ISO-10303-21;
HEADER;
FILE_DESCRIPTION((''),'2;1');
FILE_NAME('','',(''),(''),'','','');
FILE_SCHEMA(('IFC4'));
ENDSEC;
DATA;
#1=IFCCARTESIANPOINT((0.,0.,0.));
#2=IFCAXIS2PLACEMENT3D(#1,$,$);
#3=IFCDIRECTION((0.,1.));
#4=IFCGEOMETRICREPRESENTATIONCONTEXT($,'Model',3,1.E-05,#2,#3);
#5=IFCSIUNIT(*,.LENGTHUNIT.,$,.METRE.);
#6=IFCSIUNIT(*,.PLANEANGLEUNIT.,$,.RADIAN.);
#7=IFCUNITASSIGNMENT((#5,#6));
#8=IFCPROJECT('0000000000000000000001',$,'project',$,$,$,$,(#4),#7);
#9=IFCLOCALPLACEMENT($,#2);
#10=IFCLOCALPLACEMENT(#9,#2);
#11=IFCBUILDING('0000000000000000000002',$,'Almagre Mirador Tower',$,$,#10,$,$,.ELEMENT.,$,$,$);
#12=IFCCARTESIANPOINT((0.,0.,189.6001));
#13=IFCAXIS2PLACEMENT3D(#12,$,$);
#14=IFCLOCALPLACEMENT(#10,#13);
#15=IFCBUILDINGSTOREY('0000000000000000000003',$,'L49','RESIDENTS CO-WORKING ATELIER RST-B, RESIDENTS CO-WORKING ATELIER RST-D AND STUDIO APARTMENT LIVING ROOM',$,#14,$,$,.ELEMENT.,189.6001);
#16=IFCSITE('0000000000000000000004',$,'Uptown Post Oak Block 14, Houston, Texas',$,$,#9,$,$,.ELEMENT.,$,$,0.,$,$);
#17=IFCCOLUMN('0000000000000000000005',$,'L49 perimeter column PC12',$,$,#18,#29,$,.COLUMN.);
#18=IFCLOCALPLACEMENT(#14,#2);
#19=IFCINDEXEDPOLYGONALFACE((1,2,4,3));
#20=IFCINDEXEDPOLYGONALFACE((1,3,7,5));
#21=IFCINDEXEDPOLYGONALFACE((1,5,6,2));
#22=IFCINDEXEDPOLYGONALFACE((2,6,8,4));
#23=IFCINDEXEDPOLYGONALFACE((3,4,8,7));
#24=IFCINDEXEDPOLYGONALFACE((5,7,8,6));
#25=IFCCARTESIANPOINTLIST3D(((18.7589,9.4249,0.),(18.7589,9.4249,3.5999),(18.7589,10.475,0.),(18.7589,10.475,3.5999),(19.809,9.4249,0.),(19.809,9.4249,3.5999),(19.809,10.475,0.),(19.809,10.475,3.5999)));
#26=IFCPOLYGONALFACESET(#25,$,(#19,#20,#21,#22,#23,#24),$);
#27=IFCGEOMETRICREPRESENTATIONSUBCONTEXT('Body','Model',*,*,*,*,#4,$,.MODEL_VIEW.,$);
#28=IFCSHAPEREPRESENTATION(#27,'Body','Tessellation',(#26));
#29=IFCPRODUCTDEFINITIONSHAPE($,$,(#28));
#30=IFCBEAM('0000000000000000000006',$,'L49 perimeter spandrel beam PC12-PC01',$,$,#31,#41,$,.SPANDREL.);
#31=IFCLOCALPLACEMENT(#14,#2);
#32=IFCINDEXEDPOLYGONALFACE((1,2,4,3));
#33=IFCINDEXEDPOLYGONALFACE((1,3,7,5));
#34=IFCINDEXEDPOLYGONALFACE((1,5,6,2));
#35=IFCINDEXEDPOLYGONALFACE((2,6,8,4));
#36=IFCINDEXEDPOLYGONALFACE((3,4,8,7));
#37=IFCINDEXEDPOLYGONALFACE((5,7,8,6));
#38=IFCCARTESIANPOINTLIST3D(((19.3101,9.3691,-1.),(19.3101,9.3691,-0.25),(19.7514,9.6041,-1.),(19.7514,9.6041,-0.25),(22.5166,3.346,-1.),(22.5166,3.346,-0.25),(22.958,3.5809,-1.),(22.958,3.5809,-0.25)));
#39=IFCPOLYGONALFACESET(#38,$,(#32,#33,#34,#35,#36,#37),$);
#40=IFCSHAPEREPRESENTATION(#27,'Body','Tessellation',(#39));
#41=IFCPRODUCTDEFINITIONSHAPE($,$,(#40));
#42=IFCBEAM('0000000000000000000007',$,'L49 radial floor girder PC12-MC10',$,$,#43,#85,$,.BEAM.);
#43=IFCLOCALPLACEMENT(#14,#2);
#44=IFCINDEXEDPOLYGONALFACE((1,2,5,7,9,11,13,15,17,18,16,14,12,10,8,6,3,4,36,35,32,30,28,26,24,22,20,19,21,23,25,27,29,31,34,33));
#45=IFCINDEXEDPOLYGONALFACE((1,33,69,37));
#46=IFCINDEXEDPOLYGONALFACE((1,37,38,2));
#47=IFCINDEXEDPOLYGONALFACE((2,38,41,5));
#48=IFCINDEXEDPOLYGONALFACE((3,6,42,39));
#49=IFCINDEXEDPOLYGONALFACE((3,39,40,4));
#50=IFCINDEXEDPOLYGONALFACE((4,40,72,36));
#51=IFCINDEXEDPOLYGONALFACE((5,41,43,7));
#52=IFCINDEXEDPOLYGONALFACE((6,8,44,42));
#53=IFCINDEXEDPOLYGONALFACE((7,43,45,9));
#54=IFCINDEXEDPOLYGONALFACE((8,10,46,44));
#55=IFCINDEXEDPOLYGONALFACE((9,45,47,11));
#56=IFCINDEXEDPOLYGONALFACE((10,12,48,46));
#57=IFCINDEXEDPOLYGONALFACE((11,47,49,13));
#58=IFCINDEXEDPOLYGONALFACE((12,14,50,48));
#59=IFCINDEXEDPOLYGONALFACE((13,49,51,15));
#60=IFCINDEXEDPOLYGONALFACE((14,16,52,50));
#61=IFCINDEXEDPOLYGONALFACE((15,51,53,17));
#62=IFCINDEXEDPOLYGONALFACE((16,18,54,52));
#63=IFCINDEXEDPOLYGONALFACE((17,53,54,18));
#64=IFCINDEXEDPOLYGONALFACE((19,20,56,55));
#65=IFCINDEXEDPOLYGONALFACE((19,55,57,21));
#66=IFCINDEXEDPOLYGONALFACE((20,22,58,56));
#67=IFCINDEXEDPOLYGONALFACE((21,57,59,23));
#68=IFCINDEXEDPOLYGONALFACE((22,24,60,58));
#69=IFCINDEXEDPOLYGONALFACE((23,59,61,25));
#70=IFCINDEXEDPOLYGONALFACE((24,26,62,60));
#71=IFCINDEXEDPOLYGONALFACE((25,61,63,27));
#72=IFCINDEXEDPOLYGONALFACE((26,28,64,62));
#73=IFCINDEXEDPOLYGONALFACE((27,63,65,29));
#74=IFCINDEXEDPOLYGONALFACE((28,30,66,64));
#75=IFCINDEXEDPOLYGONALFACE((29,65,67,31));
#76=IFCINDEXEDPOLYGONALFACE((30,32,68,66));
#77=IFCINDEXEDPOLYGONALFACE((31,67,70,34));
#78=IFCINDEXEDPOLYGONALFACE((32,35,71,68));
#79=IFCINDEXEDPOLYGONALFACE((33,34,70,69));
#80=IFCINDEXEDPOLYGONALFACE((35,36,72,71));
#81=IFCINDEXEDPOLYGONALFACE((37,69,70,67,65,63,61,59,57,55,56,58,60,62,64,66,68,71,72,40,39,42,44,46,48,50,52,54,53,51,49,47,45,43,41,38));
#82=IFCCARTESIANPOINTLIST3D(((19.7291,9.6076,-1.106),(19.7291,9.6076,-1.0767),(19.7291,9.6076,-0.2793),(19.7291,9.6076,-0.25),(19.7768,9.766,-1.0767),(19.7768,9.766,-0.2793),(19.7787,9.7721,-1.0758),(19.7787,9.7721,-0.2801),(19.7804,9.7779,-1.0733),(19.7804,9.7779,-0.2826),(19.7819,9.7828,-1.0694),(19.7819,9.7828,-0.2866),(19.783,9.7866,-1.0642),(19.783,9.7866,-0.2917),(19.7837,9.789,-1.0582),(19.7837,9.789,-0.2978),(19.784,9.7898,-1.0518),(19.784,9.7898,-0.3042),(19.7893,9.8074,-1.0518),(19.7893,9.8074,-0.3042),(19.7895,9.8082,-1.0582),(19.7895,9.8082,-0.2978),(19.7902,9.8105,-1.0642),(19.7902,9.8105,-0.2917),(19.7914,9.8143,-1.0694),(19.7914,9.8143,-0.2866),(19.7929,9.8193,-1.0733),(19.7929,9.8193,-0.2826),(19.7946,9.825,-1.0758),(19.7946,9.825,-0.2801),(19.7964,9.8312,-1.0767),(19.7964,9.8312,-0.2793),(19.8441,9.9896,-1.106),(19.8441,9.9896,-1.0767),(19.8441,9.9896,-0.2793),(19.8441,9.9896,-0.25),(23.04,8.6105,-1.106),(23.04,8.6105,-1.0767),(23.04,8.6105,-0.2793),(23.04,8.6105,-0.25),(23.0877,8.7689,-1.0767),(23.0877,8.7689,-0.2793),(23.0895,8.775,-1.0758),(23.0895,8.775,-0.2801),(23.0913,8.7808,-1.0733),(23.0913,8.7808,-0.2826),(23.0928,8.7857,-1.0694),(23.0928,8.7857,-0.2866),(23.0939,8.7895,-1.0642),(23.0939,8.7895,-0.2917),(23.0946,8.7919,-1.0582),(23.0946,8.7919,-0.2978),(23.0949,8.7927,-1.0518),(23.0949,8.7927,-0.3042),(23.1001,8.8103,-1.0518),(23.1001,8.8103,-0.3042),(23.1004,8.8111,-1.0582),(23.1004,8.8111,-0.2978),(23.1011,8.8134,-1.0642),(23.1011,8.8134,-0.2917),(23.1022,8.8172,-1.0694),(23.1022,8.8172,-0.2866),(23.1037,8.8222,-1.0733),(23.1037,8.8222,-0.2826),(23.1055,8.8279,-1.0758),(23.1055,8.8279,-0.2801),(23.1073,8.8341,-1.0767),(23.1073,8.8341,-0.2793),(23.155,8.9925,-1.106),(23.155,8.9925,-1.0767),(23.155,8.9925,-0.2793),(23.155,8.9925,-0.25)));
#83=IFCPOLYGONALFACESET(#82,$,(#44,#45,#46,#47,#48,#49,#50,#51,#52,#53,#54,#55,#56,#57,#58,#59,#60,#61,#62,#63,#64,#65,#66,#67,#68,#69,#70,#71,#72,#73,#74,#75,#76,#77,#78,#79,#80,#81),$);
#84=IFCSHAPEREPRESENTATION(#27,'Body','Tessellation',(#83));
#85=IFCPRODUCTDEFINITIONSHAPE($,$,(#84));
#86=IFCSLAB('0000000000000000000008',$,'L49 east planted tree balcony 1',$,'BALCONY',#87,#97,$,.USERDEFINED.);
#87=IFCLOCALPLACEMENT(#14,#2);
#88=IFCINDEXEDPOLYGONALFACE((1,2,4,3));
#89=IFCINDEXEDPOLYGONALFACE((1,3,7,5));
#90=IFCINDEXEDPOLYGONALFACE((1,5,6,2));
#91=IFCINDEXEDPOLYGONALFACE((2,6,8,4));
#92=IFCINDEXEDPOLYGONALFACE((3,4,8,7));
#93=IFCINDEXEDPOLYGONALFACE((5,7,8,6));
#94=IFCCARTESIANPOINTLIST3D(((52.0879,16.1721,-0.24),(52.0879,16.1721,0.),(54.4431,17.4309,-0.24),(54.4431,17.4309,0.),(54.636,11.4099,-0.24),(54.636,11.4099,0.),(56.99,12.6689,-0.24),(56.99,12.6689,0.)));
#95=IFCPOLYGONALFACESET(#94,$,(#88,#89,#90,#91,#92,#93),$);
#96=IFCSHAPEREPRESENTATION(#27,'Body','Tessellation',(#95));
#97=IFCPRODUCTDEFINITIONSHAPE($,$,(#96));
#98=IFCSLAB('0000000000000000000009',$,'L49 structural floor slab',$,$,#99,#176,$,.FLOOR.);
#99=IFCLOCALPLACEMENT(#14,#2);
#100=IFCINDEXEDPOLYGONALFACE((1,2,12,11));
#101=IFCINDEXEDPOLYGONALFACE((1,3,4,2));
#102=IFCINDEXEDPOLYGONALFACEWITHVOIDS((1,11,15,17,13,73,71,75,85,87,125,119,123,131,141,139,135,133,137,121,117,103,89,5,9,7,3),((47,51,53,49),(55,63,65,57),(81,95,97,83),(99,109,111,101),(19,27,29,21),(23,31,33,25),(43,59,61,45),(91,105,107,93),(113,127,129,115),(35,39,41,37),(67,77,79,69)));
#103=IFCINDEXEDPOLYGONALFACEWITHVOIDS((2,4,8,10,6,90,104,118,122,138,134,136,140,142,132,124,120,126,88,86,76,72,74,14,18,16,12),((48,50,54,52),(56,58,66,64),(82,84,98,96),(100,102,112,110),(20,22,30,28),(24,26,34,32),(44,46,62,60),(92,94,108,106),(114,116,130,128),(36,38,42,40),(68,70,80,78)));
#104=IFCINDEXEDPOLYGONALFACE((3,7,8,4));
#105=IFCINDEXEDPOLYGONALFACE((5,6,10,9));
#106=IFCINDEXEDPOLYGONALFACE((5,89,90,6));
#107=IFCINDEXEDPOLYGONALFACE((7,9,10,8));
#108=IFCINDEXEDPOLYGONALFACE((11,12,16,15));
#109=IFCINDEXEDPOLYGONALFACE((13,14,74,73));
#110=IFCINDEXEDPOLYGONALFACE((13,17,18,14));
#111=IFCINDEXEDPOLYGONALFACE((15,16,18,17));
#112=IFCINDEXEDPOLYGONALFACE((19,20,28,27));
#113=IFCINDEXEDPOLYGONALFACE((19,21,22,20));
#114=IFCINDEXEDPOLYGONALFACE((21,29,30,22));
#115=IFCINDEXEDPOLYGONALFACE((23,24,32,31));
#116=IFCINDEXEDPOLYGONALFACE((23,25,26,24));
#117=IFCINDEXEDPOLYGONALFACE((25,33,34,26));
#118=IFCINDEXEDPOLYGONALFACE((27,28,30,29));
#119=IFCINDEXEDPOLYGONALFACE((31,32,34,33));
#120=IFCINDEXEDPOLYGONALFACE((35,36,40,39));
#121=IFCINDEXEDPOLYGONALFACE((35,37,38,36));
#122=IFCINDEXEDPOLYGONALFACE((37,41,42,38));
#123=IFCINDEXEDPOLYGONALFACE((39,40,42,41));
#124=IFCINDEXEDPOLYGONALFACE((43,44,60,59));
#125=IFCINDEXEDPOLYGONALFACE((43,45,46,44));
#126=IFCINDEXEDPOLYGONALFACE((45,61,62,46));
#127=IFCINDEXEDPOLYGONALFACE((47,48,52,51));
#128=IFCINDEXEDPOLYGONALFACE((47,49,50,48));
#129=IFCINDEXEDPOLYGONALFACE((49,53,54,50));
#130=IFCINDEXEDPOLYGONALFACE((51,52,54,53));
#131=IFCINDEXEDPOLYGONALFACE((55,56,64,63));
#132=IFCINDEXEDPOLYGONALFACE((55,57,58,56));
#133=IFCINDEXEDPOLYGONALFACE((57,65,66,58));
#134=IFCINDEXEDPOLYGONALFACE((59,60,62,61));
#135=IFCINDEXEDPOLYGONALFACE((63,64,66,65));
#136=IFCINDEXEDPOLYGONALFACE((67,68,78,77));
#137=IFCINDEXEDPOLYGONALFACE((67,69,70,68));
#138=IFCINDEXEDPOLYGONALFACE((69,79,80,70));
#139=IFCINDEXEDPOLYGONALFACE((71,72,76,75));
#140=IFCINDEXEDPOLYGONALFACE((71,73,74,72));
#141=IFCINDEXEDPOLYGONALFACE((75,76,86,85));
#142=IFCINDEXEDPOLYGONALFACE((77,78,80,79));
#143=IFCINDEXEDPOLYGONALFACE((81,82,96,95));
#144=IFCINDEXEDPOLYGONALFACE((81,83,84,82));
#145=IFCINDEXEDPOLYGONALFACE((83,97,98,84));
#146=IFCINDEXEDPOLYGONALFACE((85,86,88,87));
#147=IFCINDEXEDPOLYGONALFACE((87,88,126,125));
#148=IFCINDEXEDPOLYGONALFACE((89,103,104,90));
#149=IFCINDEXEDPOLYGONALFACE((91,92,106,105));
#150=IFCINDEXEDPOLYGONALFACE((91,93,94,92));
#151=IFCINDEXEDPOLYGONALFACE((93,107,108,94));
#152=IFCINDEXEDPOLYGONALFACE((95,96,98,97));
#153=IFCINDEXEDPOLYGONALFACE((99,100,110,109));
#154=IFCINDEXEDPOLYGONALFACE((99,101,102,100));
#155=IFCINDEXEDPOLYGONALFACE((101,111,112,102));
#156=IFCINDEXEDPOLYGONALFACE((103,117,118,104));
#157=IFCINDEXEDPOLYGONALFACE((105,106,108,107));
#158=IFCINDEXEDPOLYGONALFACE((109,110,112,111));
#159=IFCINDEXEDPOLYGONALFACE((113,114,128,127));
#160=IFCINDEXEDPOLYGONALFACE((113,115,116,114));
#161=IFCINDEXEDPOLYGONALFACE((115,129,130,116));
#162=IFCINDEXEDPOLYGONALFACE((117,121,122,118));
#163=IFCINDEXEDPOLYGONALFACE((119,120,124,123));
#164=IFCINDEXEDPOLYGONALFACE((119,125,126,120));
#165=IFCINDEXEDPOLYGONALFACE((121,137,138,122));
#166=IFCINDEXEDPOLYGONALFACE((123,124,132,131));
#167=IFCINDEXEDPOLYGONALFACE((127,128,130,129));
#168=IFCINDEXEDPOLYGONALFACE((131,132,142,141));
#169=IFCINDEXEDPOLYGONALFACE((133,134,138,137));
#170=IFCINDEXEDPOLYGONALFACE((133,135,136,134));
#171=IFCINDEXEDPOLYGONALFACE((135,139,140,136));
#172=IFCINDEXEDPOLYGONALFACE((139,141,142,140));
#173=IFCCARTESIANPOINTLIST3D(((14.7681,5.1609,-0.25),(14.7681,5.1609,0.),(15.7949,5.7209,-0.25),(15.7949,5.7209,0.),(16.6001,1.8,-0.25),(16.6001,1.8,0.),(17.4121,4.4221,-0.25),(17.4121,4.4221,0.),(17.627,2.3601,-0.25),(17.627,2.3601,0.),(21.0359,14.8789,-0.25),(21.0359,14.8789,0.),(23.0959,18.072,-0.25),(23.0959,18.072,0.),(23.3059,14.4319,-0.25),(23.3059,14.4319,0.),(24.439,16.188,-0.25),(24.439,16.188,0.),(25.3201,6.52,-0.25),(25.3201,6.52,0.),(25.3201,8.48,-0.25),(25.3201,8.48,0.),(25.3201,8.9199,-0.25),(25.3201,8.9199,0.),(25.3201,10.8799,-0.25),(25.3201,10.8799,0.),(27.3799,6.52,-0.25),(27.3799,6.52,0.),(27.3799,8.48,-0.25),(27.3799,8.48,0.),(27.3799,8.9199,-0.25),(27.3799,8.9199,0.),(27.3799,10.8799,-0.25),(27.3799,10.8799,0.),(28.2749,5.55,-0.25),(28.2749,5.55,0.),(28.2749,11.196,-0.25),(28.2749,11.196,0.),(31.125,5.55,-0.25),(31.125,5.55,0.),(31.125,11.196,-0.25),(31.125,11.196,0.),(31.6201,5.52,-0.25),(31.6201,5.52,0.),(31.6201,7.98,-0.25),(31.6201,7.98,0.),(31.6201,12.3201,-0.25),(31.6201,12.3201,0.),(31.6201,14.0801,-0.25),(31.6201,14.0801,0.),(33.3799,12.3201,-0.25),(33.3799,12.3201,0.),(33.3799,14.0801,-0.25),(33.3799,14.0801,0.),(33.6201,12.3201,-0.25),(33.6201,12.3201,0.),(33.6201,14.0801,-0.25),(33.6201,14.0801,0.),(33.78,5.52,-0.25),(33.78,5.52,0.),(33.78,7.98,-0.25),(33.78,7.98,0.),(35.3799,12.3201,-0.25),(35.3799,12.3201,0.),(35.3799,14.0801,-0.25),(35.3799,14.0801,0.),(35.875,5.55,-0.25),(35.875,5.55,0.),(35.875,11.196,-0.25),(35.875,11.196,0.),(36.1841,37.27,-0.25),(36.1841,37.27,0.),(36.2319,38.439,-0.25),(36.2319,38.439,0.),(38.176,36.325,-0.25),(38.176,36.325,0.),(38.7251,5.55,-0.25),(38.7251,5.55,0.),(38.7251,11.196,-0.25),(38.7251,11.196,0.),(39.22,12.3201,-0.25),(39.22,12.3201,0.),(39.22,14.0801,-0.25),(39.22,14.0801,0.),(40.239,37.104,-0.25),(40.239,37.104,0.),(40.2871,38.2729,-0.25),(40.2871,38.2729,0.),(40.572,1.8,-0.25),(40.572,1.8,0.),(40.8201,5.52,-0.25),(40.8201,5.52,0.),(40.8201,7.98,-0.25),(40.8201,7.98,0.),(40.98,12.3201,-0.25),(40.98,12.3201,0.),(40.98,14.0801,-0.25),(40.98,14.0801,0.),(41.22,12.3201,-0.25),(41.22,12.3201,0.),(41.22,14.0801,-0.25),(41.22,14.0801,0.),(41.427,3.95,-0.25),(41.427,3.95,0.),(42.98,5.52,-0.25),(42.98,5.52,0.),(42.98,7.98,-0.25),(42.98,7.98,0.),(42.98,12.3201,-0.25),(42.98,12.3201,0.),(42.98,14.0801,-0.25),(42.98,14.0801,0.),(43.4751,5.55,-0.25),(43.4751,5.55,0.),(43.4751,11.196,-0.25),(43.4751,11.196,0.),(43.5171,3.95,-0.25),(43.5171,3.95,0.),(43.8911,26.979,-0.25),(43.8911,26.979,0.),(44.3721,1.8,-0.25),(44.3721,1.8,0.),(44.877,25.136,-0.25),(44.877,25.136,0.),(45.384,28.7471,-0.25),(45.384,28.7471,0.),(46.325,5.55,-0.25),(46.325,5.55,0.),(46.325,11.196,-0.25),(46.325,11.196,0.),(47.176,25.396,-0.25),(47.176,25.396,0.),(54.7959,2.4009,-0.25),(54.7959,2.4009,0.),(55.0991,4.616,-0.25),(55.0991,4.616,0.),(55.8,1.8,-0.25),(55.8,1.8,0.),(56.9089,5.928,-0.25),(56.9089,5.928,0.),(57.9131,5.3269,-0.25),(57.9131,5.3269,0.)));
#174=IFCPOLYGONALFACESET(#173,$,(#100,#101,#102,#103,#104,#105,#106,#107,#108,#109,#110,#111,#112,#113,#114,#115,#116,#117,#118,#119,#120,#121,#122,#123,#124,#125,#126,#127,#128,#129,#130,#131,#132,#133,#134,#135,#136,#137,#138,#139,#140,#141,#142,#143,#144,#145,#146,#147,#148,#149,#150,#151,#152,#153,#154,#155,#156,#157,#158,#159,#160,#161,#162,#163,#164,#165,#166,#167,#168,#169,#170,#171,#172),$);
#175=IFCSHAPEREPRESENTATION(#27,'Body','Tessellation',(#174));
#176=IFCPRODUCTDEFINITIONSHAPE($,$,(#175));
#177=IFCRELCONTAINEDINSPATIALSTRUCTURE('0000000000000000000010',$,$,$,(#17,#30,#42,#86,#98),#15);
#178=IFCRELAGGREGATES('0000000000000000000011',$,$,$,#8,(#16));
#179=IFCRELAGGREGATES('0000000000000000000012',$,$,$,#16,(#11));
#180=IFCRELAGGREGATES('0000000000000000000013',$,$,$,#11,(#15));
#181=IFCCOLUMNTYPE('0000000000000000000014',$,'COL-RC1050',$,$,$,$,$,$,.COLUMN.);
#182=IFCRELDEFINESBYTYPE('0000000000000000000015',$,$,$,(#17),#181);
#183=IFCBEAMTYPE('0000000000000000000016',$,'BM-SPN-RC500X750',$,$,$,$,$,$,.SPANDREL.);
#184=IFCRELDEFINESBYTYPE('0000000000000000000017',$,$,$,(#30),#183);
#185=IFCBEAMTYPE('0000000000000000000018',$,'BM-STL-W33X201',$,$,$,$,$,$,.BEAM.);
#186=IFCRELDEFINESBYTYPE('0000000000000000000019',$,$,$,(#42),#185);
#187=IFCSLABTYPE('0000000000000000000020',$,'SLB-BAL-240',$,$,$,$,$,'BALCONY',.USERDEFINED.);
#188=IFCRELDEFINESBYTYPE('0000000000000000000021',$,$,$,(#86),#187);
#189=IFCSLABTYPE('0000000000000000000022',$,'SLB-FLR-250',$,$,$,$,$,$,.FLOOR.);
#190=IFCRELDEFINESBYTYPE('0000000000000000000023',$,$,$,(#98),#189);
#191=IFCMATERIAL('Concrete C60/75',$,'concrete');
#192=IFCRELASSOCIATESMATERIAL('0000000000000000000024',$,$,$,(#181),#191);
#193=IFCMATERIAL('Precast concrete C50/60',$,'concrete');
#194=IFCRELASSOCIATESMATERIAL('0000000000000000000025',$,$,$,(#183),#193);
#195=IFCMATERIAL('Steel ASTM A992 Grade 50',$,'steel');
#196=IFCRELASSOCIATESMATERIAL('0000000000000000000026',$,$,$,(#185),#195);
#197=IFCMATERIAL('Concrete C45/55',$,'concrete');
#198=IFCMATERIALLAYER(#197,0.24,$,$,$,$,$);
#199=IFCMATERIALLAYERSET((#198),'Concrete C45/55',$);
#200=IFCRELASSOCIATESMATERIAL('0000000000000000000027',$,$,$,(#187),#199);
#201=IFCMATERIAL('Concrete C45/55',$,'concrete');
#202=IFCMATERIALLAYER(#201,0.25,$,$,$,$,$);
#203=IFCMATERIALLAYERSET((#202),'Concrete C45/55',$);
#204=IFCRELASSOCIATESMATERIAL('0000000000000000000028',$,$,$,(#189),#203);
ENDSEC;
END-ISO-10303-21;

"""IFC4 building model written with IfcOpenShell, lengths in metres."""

from ifc_helpers import new_model, si_unit, direction, frame, origin, origin_2d, place, context, subcontext, project, spatial, polyline, rectangle, i_section, outline, extrude, material, layer, layer_set, material_profile, profile_set, type_object, element, save


model = new_model("IFC4")

# Units and contexts
model_context = context("Model", 3, precision=1e-05, world=origin(), true_north=direction((0.0, 1.0)))
body_context = subcontext(model_context, "Body", "Model", "MODEL_VIEW")
ifc_project = project(units=[si_unit("LENGTHUNIT", "METRE"), si_unit("PLANEANGLEUNIT", "RADIAN")], contexts=[model_context])

# Site, building, storey
site_placement = place(None, origin())
site = spatial("IfcSite", under=ifc_project, at=site_placement, Name="Uptown Post Oak Block 14, Houston, Texas", CompositionType="ELEMENT", RefElevation=0.0)
building_placement = place(site_placement, origin())
building = spatial("IfcBuilding", under=site, at=building_placement, Name="Almagre Mirador Tower", CompositionType="ELEMENT")
storey_placement = place(building_placement, frame((0.0, 0.0, 189.6001)))
storey = spatial("IfcBuildingStorey", under=building, at=storey_placement, Name="L49", Description="RESIDENTS CO-WORKING ATELIER RST-B, RESIDENTS CO-WORKING ATELIER RST-D AND STUDIO APARTMENT LIVING ROOM", CompositionType="ELEMENT", Elevation=189.6001)

# Column
ifc_material_1 = material(Name="Concrete C60/75", Category="concrete")
ifc_material_profile_1 = material_profile(ifc_material_1, rectangle(XDim=1.05, YDim=1.05, at=origin_2d()), Name="RC1050X1050")
ifc_profile_set_1 = profile_set([ifc_material_profile_1], Name="Concrete C60/75")
column_type = type_object("IfcColumnType", Name="COL-RC1050", PredefinedType="COLUMN", material=ifc_profile_set_1)
column_placement = place(storey_placement, frame((19.2839, 9.95, 0.0), z_axis=(0.0, 0.0, 1.0), x_axis=(1.0, 0.0, 0.0)))
element("IfcColumn", 1, at=column_placement, inside=storey, type_object=column_type, Name="L49 perimeter column PC12", PredefinedType="COLUMN", context=body_context, shape_type="SweptSolid", body=[
    extrude(rectangle(XDim=1.05, YDim=1.05, at=origin_2d()), origin(), (0.0, 0.0, 1.0), 3.5999),
])

# Beams
ifc_material_2 = material(Name="Precast concrete C50/60", Category="concrete")
ifc_material_profile_2 = material_profile(ifc_material_2, rectangle(XDim=0.5, YDim=0.75, at=origin_2d()), Name="RC500X750")
ifc_profile_set_2 = profile_set([ifc_material_profile_2], Name="Precast concrete C50/60")
beam_type_1 = type_object("IfcBeamType", Name="BM-SPN-RC500X750", PredefinedType="SPANDREL", material=ifc_profile_set_2)
beam_1_placement = place(storey_placement, frame((19.5308, 9.4866, -0.625), z_axis=(0.469923, -0.882707, 0.0), x_axis=(0.882707, 0.469923, 0.0)))
element("IfcBeam", 2, at=beam_1_placement, inside=storey, type_object=beam_type_1, Name="L49 perimeter spandrel beam PC12-PC01", PredefinedType="SPANDREL", context=body_context, shape_type="SweptSolid", body=[
    extrude(rectangle(XDim=0.5, YDim=0.75, at=origin_2d()), origin(), (0.0, 0.0, 1.0), 6.8235),
])
ifc_material_3 = material(Name="Steel ASTM A992 Grade 50", Category="steel")
ifc_material_profile_3 = material_profile(ifc_material_3, i_section(OverallWidth=0.3989, OverallDepth=0.856, WebThickness=0.0183, FlangeThickness=0.0293, FilletRadius=0.0249, at=origin_2d()), Name="W33X201")
ifc_profile_set_3 = profile_set([ifc_material_profile_3], Name="Steel ASTM A992 Grade 50")
beam_type_2 = type_object("IfcBeamType", Name="BM-STL-W33X201", PredefinedType="BEAM", material=ifc_profile_set_3)
beam_2_placement = place(storey_placement, frame((19.7866, 9.7986, -0.678), z_axis=(0.957521, -0.288365, 0.0), x_axis=(0.288365, 0.957521, 0.0)))
element("IfcBeam", 3, at=beam_2_placement, inside=storey, type_object=beam_type_2, Name="L49 radial floor girder PC12-MC10", PredefinedType="BEAM", context=body_context, shape_type="SweptSolid", body=[
    extrude(i_section(OverallWidth=0.3989, OverallDepth=0.856, WebThickness=0.0183, FlangeThickness=0.0293, FilletRadius=0.0249, at=origin_2d()), origin(), (0.0, 0.0, 1.0), 3.4578),
])

# Slabs
ifc_material_4 = material(Name="Concrete C45/55", Category="concrete")
ifc_layer_1 = layer(ifc_material_4, 0.24)
ifc_layer_set_1 = layer_set([ifc_layer_1], Name="Concrete C45/55")
slab_type_1 = type_object("IfcSlabType", Name="SLB-BAL-240", ElementType="BALCONY", PredefinedType="USERDEFINED", material=ifc_layer_set_1)
slab_1_placement = place(storey_placement, frame((0.0, 0.0, -0.24)))
element("IfcSlab", 4, at=slab_1_placement, inside=storey, type_object=slab_type_1, Name="L49 east planted tree balcony 1", ObjectType="BALCONY", PredefinedType="USERDEFINED", context=body_context, shape_type="SweptSolid", body=[
    extrude(outline(polyline([(54.636, 11.4099), (52.0879, 16.1721), (54.4431, 17.4309), (56.99, 12.6689), (54.636, 11.4099)])), origin(), (0.0, 0.0, 1.0), 0.24),
])
ifc_material_5 = material(Name="Concrete C45/55", Category="concrete")
ifc_layer_2 = layer(ifc_material_5, 0.25)
ifc_layer_set_2 = layer_set([ifc_layer_2], Name="Concrete C45/55")
slab_type_2 = type_object("IfcSlabType", Name="SLB-FLR-250", PredefinedType="FLOOR", material=ifc_layer_set_2)
slab_2_placement = place(storey_placement, frame((0.0, 0.0, -0.25)))
element("IfcSlab", 5, at=slab_2_placement, inside=storey, type_object=slab_type_2, Name="L49 structural floor slab", PredefinedType="FLOOR", context=body_context, shape_type="SweptSolid", body=[
    extrude(outline(polyline([(14.7681, 5.1609), (15.7949, 5.7209), (17.4121, 4.4221), (17.627, 2.3601), (16.6001, 1.8), (40.572, 1.8), (41.427, 3.95), (43.5171, 3.95), (44.3721, 1.8), (55.8, 1.8), (54.7959, 2.4009), (55.0991, 4.616), (56.9089, 5.928), (57.9131, 5.3269), (47.176, 25.396), (44.877, 25.136), (43.8911, 26.979), (45.384, 28.7471), (40.2871, 38.2729), (40.239, 37.104), (38.176, 36.325), (36.1841, 37.27), (36.2319, 38.439), (23.0959, 18.072), (24.439, 16.188), (23.3059, 14.4319), (21.0359, 14.8789), (14.7681, 5.1609)]), holes=[polyline([(43.4751, 5.55), (43.4751, 11.196), (46.325, 11.196), (46.325, 5.55), (43.4751, 5.55)]), polyline([(40.8201, 5.52), (40.8201, 7.98), (42.98, 7.98), (42.98, 5.52), (40.8201, 5.52)]), polyline([(41.22, 12.3201), (41.22, 14.0801), (42.98, 14.0801), (42.98, 12.3201), (41.22, 12.3201)]), polyline([(39.22, 12.3201), (39.22, 14.0801), (40.98, 14.0801), (40.98, 12.3201), (39.22, 12.3201)]), polyline([(35.875, 11.196), (38.7251, 11.196), (38.7251, 5.55), (35.875, 5.55), (35.875, 11.196)]), polyline([(35.3799, 12.3201), (33.6201, 12.3201), (33.6201, 14.0801), (35.3799, 14.0801), (35.3799, 12.3201)]), polyline([(33.78, 5.52), (31.6201, 5.52), (31.6201, 7.98), (33.78, 7.98), (33.78, 5.52)]), polyline([(31.6201, 12.3201), (31.6201, 14.0801), (33.3799, 14.0801), (33.3799, 12.3201), (31.6201, 12.3201)]), polyline([(28.2749, 5.55), (28.2749, 11.196), (31.125, 11.196), (31.125, 5.55), (28.2749, 5.55)]), polyline([(25.3201, 8.9199), (25.3201, 10.8799), (27.3799, 10.8799), (27.3799, 8.9199), (25.3201, 8.9199)]), polyline([(27.3799, 6.52), (25.3201, 6.52), (25.3201, 8.48), (27.3799, 8.48), (27.3799, 6.52)])]), origin(), (0.0, 0.0, 1.0), 0.25),
])

save(model, "model.ifc")
